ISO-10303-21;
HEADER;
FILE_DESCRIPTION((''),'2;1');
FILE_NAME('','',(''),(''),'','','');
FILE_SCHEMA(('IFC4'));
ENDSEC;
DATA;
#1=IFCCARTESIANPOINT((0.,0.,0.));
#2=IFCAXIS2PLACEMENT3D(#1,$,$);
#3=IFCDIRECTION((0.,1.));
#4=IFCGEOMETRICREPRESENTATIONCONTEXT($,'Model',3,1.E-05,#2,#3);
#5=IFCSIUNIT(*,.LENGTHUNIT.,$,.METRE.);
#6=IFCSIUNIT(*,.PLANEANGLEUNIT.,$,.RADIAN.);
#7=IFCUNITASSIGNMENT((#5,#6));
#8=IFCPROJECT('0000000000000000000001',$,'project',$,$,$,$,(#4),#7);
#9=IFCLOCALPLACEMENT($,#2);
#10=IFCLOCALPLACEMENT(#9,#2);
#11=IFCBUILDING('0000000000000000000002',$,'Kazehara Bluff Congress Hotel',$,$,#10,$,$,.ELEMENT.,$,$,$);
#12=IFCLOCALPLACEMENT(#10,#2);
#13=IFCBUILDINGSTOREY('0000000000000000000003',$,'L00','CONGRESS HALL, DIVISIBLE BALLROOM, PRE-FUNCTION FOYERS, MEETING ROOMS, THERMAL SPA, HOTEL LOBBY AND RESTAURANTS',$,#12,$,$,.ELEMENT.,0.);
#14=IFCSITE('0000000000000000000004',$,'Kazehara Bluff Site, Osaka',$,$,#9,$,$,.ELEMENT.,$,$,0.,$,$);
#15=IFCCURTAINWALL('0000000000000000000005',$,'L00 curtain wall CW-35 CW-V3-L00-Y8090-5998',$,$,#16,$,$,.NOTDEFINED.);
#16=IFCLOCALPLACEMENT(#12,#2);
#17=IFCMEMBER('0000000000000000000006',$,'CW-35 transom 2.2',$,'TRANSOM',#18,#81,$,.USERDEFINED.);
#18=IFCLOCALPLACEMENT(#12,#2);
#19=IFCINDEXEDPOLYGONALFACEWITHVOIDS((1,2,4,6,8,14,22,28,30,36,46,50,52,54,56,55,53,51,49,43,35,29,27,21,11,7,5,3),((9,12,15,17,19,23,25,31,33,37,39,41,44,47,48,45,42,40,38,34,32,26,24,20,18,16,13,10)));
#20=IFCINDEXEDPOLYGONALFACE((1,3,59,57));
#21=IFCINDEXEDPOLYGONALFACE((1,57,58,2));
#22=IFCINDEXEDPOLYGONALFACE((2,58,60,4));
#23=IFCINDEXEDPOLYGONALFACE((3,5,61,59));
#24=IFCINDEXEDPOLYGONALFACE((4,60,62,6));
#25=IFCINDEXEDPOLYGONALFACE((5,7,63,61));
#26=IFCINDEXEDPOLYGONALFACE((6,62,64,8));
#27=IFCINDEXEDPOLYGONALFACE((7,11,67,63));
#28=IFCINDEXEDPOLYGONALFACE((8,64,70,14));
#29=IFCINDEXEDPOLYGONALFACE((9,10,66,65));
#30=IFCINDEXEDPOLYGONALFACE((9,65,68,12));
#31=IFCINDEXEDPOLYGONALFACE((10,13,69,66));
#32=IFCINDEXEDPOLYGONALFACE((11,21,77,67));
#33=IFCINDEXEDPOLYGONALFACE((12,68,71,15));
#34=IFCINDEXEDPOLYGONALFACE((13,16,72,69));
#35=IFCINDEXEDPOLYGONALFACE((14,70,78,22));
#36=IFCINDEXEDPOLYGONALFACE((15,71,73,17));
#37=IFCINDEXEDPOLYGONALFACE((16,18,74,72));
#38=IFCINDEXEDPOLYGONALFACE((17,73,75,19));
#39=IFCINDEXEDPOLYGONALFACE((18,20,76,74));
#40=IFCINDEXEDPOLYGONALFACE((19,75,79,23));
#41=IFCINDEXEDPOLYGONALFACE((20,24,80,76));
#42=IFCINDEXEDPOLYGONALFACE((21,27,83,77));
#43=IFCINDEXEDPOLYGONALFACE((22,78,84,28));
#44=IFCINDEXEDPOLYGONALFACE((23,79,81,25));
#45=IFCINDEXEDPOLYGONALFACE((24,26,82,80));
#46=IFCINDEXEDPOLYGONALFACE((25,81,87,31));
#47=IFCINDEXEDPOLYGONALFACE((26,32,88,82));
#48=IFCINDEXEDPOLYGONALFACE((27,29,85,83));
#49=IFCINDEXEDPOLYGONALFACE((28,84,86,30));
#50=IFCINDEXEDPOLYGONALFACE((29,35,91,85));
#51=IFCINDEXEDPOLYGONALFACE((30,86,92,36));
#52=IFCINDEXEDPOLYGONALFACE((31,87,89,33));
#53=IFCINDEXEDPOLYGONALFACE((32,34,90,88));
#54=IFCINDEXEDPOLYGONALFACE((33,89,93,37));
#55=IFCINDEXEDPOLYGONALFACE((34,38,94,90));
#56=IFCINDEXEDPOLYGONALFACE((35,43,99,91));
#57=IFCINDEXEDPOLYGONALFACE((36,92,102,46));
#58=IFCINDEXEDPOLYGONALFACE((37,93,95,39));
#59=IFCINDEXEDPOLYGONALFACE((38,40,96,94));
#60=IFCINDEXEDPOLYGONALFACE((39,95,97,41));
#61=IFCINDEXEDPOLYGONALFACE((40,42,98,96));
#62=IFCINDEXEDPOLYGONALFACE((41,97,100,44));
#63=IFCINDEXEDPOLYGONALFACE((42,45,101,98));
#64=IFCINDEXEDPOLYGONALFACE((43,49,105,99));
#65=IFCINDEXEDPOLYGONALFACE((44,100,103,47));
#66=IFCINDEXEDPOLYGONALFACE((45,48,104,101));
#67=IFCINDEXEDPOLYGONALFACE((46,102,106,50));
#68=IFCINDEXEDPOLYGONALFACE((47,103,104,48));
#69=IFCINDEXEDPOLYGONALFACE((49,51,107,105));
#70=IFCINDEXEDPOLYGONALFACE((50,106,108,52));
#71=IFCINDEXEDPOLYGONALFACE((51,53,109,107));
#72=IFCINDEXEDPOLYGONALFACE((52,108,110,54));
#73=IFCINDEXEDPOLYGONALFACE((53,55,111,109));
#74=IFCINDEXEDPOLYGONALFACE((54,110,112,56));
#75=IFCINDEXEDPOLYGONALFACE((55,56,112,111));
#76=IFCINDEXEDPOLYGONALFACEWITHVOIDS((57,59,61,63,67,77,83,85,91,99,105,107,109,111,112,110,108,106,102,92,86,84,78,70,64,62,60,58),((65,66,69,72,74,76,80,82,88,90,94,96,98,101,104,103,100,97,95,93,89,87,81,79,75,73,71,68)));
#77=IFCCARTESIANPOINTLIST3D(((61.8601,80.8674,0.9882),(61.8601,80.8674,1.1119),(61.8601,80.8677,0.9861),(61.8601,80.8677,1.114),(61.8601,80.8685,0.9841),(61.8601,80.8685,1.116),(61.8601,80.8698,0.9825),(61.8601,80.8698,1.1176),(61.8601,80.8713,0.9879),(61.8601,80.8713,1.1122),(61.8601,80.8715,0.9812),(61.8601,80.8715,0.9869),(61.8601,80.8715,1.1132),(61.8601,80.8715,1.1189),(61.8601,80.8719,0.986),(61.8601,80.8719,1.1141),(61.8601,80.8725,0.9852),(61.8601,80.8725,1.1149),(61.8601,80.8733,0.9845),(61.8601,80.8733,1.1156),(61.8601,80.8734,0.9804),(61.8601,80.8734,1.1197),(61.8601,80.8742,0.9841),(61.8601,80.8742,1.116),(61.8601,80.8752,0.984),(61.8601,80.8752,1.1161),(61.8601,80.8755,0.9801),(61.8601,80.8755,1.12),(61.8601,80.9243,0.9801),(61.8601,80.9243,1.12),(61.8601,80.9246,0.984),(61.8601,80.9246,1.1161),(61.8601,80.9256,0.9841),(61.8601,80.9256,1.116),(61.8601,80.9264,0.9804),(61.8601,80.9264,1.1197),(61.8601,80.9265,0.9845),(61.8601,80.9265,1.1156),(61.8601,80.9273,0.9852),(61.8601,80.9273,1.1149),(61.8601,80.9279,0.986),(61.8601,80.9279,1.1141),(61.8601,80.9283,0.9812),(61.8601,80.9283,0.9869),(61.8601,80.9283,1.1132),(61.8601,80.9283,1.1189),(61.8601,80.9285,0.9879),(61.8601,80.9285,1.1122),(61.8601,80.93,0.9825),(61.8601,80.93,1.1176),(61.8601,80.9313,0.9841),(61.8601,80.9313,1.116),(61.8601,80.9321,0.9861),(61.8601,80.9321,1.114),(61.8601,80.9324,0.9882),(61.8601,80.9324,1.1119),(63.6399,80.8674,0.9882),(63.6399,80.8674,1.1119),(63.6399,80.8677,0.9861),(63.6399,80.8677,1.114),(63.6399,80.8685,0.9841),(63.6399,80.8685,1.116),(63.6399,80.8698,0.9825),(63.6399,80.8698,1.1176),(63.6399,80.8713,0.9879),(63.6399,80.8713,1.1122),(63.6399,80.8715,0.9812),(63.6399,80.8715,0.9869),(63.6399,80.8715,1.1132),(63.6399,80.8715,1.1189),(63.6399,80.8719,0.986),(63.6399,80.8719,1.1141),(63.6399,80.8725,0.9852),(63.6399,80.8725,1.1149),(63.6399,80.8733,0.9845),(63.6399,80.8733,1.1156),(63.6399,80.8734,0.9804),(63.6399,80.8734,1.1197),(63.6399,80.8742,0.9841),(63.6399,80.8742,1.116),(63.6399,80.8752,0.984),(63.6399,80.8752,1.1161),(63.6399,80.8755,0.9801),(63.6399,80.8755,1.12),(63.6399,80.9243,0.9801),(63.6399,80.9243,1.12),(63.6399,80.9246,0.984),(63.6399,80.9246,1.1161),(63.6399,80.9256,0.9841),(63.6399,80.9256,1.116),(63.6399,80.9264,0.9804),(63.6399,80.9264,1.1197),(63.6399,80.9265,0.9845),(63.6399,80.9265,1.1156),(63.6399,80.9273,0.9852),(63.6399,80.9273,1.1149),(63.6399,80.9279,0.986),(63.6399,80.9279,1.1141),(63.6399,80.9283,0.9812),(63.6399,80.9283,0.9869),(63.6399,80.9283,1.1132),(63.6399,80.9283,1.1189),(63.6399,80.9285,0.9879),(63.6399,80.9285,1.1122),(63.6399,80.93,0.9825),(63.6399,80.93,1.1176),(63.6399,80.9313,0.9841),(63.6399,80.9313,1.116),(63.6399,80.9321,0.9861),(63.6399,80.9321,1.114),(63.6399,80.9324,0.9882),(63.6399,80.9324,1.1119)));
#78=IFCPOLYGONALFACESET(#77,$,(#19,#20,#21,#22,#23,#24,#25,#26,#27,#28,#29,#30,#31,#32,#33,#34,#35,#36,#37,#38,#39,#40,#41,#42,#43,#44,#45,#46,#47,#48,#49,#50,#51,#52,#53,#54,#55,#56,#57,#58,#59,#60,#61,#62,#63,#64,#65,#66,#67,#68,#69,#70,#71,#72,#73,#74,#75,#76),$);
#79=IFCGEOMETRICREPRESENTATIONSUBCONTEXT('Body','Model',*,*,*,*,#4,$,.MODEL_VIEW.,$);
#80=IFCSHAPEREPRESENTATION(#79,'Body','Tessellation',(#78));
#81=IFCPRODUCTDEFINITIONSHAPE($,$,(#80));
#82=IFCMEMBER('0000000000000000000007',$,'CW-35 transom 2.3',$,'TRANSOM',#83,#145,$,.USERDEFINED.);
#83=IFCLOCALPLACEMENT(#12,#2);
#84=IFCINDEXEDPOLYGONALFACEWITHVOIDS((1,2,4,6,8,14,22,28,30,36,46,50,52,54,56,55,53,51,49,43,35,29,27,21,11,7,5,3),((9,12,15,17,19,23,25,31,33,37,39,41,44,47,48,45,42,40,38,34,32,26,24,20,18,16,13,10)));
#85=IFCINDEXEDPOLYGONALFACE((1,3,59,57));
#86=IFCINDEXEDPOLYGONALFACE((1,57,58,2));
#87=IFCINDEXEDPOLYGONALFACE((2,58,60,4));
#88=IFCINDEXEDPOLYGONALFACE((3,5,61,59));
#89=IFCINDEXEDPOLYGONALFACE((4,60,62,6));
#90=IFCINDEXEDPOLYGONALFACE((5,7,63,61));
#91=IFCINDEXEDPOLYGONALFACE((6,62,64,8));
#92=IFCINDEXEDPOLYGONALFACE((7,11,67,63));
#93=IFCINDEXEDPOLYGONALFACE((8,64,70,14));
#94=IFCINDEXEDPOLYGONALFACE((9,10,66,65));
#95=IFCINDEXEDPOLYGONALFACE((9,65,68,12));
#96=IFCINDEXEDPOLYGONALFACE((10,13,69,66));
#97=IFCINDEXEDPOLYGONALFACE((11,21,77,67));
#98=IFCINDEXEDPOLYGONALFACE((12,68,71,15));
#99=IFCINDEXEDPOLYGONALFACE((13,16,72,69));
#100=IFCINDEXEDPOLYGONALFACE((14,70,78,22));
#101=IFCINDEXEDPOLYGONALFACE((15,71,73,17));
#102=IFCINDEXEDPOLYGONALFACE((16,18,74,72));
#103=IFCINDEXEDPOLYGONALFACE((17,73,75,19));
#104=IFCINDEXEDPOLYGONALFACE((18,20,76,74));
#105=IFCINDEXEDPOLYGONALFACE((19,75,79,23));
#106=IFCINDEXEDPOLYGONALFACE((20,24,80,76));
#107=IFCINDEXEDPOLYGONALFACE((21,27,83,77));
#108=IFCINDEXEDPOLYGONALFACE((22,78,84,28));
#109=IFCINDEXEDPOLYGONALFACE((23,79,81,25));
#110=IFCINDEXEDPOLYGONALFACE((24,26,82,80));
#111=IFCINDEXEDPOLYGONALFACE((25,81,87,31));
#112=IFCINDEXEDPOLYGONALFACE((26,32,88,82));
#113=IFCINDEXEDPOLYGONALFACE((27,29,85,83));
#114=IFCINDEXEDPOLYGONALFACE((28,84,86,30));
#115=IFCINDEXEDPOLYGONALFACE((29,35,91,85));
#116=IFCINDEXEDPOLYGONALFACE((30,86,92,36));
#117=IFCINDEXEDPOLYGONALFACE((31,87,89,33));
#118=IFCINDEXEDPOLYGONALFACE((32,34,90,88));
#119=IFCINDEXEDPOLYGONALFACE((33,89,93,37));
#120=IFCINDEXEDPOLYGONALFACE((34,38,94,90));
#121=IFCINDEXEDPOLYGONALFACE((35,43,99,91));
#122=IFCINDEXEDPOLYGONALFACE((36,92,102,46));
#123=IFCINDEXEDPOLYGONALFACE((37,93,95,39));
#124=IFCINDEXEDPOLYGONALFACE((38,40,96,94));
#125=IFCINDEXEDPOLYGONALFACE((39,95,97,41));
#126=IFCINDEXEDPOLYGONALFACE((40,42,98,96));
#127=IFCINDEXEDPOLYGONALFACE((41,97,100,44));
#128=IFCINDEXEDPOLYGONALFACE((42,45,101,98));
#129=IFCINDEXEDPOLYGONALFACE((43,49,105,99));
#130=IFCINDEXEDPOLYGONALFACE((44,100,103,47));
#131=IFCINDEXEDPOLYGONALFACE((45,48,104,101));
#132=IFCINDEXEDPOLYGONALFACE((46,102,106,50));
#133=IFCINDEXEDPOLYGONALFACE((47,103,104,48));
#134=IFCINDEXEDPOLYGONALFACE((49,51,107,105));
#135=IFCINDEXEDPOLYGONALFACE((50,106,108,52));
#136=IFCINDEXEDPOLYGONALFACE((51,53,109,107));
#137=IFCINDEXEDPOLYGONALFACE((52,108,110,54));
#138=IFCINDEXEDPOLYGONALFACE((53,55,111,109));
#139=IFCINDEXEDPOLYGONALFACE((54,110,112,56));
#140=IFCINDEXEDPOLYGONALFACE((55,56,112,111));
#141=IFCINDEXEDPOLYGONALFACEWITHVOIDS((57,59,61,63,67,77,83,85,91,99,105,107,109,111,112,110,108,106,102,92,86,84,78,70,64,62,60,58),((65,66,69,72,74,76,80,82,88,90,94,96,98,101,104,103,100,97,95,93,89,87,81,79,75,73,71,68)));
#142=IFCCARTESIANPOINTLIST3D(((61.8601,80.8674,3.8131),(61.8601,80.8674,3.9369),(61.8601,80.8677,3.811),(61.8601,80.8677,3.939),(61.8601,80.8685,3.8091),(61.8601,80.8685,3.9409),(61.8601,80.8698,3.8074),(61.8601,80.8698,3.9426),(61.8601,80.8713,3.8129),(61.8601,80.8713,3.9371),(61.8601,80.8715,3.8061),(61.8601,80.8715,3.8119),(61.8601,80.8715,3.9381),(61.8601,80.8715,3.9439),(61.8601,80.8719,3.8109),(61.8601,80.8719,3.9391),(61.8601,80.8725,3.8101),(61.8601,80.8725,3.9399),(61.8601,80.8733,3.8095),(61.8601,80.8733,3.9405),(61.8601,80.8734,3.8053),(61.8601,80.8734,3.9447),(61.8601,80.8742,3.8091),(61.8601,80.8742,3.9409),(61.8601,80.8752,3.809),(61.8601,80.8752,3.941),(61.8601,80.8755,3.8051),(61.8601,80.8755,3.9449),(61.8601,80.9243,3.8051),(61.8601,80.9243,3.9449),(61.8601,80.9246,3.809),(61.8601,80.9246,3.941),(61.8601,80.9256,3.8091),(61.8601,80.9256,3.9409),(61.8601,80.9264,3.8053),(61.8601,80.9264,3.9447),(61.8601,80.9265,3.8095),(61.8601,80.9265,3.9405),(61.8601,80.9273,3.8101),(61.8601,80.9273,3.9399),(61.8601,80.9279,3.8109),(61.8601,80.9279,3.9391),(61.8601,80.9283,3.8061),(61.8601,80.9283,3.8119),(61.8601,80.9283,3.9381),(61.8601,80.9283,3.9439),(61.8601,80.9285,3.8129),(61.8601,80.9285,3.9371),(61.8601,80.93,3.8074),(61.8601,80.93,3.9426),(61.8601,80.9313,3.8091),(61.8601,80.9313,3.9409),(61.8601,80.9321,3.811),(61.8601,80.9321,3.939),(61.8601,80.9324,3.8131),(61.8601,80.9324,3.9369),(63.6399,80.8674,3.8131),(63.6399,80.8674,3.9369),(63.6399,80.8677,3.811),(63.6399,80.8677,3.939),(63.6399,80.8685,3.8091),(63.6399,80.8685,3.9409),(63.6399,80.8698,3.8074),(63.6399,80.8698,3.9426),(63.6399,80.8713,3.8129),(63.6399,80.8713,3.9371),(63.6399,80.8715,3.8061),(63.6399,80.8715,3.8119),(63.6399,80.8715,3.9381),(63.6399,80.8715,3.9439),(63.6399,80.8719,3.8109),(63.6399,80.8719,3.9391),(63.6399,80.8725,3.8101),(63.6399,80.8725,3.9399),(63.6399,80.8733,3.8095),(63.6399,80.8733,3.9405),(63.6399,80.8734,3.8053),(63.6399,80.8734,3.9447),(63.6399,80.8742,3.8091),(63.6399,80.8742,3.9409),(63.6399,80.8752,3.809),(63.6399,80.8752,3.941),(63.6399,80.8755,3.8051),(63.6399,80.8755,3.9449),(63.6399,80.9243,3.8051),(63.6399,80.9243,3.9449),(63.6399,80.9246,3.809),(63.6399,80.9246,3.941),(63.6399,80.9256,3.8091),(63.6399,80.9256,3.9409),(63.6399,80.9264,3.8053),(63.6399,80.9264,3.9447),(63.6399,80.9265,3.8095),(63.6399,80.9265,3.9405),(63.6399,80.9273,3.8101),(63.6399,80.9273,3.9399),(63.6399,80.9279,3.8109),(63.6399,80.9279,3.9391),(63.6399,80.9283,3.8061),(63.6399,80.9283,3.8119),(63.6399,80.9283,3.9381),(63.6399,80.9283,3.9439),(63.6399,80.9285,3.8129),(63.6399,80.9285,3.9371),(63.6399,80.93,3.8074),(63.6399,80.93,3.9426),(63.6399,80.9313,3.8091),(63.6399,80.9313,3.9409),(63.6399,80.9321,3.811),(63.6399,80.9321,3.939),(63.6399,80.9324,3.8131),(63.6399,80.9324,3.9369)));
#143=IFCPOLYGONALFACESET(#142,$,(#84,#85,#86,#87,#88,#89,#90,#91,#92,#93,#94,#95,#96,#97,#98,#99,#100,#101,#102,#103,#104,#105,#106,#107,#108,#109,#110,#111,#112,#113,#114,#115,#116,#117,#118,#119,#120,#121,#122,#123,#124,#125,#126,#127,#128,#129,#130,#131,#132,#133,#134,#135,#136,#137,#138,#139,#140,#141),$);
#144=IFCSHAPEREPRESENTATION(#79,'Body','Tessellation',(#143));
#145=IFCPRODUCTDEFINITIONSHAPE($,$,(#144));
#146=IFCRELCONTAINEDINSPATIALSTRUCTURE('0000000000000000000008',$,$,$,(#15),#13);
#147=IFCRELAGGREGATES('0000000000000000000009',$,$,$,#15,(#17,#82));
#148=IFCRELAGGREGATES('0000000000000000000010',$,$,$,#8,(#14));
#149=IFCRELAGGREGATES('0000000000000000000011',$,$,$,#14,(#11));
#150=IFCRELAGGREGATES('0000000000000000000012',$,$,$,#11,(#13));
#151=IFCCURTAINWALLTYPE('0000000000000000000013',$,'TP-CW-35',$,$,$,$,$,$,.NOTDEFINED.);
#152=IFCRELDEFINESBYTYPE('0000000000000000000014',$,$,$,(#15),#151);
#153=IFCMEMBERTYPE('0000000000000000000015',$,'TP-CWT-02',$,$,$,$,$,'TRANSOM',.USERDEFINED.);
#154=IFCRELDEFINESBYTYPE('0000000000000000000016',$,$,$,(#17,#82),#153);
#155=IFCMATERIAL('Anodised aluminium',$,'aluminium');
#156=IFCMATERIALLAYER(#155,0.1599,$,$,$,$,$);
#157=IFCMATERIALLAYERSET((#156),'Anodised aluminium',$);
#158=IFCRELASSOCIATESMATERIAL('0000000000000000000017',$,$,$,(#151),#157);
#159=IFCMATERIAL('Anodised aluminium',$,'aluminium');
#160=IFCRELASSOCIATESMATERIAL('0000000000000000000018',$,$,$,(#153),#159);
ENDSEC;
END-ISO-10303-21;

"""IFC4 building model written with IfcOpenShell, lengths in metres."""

from ifc_helpers import new_model, si_unit, direction, frame, origin, origin_2d, place, context, subcontext, project, spatial, hollow_rectangle, extrude, material, layer, layer_set, material_profile, profile_set, type_object, element, aggregate, save


model = new_model("IFC4")

# Units and contexts
model_context = context("Model", 3, precision=1e-05, world=origin(), true_north=direction((0.0, 1.0)))
body_context = subcontext(model_context, "Body", "Model", "MODEL_VIEW")
ifc_project = project(units=[si_unit("LENGTHUNIT", "METRE"), si_unit("PLANEANGLEUNIT", "RADIAN")], contexts=[model_context])

# Site, building, storey
site_placement = place(None, origin())
site = spatial("IfcSite", under=ifc_project, at=site_placement, Name="Kazehara Bluff Site, Osaka", CompositionType="ELEMENT", RefElevation=0.0)
building_placement = place(site_placement, origin())
building = spatial("IfcBuilding", under=site, at=building_placement, Name="Kazehara Bluff Congress Hotel", CompositionType="ELEMENT")
storey_placement = place(building_placement, origin())
storey = spatial("IfcBuildingStorey", under=building, at=storey_placement, Name="L00", Description="CONGRESS HALL, DIVISIBLE BALLROOM, PRE-FUNCTION FOYERS, MEETING ROOMS, THERMAL SPA, HOTEL LOBBY AND RESTAURANTS", CompositionType="ELEMENT", Elevation=0.0)

# Curtain wall
ifc_material_1 = material(Name="Anodised aluminium", Category="aluminium")
ifc_layer_1 = layer(ifc_material_1, 0.1599)
ifc_layer_set_1 = layer_set([ifc_layer_1], Name="Anodised aluminium")
curtain_wall_type_1 = type_object("IfcCurtainWallType", Name="TP-CW-35", PredefinedType="NOTDEFINED", material=ifc_layer_set_1)
curtain_wall_1_placement = place(storey_placement, origin())
curtain_wall_1 = element("IfcCurtainWall", 1, at=curtain_wall_1_placement, inside=storey, type_object=curtain_wall_type_1, Name="L00 curtain wall CW-35 CW-V3-L00-Y8090-5998", PredefinedType="NOTDEFINED")

# Members
ifc_material_2 = material(Name="Anodised aluminium", Category="aluminium")
ifc_material_profile_1 = material_profile(ifc_material_2, hollow_rectangle(XDim=0.0649, YDim=0.1399, WallThickness=0.0039, InnerFilletRadius=0.0039, OuterFilletRadius=0.0081, at=origin_2d()))
ifc_profile_set_1 = profile_set([ifc_material_profile_1], Name="Anodised aluminium")
member_type_1 = type_object("IfcMemberType", Name="TP-CWT-02", ElementType="TRANSOM", PredefinedType="USERDEFINED", material=ifc_profile_set_1)
member_1_placement = place(storey_placement, frame((61.8601, 80.8999, 1.05), z_axis=(1.0, 0.0, 0.0), x_axis=(0.0, 1.0, 0.0)))
member_1 = element("IfcMember", 2, at=member_1_placement, type_object=member_type_1, Name="CW-35 transom 2.2", ObjectType="TRANSOM", PredefinedType="USERDEFINED", context=body_context, shape_type="SweptSolid", body=[
    extrude(hollow_rectangle(XDim=0.0649, YDim=0.1399, WallThickness=0.0039, InnerFilletRadius=0.0039, OuterFilletRadius=0.0081, at=origin_2d()), origin(), (0.0, 0.0, 1.0), 1.7798),
])
member_2_placement = place(storey_placement, frame((61.8601, 80.8999, 3.875), z_axis=(1.0, 0.0, 0.0), x_axis=(0.0, 1.0, 0.0)))
member_2 = element("IfcMember", 3, at=member_2_placement, type_object=member_type_1, Name="CW-35 transom 2.3", ObjectType="TRANSOM", PredefinedType="USERDEFINED", context=body_context, shape_type="SweptSolid", body=[
    extrude(hollow_rectangle(XDim=0.0649, YDim=0.1399, WallThickness=0.0039, InnerFilletRadius=0.0039, OuterFilletRadius=0.0081, at=origin_2d()), origin(), (0.0, 0.0, 1.0), 1.7798),
])

aggregate(curtain_wall_1, [member_1, member_2])

save(model, "model.ifc")
